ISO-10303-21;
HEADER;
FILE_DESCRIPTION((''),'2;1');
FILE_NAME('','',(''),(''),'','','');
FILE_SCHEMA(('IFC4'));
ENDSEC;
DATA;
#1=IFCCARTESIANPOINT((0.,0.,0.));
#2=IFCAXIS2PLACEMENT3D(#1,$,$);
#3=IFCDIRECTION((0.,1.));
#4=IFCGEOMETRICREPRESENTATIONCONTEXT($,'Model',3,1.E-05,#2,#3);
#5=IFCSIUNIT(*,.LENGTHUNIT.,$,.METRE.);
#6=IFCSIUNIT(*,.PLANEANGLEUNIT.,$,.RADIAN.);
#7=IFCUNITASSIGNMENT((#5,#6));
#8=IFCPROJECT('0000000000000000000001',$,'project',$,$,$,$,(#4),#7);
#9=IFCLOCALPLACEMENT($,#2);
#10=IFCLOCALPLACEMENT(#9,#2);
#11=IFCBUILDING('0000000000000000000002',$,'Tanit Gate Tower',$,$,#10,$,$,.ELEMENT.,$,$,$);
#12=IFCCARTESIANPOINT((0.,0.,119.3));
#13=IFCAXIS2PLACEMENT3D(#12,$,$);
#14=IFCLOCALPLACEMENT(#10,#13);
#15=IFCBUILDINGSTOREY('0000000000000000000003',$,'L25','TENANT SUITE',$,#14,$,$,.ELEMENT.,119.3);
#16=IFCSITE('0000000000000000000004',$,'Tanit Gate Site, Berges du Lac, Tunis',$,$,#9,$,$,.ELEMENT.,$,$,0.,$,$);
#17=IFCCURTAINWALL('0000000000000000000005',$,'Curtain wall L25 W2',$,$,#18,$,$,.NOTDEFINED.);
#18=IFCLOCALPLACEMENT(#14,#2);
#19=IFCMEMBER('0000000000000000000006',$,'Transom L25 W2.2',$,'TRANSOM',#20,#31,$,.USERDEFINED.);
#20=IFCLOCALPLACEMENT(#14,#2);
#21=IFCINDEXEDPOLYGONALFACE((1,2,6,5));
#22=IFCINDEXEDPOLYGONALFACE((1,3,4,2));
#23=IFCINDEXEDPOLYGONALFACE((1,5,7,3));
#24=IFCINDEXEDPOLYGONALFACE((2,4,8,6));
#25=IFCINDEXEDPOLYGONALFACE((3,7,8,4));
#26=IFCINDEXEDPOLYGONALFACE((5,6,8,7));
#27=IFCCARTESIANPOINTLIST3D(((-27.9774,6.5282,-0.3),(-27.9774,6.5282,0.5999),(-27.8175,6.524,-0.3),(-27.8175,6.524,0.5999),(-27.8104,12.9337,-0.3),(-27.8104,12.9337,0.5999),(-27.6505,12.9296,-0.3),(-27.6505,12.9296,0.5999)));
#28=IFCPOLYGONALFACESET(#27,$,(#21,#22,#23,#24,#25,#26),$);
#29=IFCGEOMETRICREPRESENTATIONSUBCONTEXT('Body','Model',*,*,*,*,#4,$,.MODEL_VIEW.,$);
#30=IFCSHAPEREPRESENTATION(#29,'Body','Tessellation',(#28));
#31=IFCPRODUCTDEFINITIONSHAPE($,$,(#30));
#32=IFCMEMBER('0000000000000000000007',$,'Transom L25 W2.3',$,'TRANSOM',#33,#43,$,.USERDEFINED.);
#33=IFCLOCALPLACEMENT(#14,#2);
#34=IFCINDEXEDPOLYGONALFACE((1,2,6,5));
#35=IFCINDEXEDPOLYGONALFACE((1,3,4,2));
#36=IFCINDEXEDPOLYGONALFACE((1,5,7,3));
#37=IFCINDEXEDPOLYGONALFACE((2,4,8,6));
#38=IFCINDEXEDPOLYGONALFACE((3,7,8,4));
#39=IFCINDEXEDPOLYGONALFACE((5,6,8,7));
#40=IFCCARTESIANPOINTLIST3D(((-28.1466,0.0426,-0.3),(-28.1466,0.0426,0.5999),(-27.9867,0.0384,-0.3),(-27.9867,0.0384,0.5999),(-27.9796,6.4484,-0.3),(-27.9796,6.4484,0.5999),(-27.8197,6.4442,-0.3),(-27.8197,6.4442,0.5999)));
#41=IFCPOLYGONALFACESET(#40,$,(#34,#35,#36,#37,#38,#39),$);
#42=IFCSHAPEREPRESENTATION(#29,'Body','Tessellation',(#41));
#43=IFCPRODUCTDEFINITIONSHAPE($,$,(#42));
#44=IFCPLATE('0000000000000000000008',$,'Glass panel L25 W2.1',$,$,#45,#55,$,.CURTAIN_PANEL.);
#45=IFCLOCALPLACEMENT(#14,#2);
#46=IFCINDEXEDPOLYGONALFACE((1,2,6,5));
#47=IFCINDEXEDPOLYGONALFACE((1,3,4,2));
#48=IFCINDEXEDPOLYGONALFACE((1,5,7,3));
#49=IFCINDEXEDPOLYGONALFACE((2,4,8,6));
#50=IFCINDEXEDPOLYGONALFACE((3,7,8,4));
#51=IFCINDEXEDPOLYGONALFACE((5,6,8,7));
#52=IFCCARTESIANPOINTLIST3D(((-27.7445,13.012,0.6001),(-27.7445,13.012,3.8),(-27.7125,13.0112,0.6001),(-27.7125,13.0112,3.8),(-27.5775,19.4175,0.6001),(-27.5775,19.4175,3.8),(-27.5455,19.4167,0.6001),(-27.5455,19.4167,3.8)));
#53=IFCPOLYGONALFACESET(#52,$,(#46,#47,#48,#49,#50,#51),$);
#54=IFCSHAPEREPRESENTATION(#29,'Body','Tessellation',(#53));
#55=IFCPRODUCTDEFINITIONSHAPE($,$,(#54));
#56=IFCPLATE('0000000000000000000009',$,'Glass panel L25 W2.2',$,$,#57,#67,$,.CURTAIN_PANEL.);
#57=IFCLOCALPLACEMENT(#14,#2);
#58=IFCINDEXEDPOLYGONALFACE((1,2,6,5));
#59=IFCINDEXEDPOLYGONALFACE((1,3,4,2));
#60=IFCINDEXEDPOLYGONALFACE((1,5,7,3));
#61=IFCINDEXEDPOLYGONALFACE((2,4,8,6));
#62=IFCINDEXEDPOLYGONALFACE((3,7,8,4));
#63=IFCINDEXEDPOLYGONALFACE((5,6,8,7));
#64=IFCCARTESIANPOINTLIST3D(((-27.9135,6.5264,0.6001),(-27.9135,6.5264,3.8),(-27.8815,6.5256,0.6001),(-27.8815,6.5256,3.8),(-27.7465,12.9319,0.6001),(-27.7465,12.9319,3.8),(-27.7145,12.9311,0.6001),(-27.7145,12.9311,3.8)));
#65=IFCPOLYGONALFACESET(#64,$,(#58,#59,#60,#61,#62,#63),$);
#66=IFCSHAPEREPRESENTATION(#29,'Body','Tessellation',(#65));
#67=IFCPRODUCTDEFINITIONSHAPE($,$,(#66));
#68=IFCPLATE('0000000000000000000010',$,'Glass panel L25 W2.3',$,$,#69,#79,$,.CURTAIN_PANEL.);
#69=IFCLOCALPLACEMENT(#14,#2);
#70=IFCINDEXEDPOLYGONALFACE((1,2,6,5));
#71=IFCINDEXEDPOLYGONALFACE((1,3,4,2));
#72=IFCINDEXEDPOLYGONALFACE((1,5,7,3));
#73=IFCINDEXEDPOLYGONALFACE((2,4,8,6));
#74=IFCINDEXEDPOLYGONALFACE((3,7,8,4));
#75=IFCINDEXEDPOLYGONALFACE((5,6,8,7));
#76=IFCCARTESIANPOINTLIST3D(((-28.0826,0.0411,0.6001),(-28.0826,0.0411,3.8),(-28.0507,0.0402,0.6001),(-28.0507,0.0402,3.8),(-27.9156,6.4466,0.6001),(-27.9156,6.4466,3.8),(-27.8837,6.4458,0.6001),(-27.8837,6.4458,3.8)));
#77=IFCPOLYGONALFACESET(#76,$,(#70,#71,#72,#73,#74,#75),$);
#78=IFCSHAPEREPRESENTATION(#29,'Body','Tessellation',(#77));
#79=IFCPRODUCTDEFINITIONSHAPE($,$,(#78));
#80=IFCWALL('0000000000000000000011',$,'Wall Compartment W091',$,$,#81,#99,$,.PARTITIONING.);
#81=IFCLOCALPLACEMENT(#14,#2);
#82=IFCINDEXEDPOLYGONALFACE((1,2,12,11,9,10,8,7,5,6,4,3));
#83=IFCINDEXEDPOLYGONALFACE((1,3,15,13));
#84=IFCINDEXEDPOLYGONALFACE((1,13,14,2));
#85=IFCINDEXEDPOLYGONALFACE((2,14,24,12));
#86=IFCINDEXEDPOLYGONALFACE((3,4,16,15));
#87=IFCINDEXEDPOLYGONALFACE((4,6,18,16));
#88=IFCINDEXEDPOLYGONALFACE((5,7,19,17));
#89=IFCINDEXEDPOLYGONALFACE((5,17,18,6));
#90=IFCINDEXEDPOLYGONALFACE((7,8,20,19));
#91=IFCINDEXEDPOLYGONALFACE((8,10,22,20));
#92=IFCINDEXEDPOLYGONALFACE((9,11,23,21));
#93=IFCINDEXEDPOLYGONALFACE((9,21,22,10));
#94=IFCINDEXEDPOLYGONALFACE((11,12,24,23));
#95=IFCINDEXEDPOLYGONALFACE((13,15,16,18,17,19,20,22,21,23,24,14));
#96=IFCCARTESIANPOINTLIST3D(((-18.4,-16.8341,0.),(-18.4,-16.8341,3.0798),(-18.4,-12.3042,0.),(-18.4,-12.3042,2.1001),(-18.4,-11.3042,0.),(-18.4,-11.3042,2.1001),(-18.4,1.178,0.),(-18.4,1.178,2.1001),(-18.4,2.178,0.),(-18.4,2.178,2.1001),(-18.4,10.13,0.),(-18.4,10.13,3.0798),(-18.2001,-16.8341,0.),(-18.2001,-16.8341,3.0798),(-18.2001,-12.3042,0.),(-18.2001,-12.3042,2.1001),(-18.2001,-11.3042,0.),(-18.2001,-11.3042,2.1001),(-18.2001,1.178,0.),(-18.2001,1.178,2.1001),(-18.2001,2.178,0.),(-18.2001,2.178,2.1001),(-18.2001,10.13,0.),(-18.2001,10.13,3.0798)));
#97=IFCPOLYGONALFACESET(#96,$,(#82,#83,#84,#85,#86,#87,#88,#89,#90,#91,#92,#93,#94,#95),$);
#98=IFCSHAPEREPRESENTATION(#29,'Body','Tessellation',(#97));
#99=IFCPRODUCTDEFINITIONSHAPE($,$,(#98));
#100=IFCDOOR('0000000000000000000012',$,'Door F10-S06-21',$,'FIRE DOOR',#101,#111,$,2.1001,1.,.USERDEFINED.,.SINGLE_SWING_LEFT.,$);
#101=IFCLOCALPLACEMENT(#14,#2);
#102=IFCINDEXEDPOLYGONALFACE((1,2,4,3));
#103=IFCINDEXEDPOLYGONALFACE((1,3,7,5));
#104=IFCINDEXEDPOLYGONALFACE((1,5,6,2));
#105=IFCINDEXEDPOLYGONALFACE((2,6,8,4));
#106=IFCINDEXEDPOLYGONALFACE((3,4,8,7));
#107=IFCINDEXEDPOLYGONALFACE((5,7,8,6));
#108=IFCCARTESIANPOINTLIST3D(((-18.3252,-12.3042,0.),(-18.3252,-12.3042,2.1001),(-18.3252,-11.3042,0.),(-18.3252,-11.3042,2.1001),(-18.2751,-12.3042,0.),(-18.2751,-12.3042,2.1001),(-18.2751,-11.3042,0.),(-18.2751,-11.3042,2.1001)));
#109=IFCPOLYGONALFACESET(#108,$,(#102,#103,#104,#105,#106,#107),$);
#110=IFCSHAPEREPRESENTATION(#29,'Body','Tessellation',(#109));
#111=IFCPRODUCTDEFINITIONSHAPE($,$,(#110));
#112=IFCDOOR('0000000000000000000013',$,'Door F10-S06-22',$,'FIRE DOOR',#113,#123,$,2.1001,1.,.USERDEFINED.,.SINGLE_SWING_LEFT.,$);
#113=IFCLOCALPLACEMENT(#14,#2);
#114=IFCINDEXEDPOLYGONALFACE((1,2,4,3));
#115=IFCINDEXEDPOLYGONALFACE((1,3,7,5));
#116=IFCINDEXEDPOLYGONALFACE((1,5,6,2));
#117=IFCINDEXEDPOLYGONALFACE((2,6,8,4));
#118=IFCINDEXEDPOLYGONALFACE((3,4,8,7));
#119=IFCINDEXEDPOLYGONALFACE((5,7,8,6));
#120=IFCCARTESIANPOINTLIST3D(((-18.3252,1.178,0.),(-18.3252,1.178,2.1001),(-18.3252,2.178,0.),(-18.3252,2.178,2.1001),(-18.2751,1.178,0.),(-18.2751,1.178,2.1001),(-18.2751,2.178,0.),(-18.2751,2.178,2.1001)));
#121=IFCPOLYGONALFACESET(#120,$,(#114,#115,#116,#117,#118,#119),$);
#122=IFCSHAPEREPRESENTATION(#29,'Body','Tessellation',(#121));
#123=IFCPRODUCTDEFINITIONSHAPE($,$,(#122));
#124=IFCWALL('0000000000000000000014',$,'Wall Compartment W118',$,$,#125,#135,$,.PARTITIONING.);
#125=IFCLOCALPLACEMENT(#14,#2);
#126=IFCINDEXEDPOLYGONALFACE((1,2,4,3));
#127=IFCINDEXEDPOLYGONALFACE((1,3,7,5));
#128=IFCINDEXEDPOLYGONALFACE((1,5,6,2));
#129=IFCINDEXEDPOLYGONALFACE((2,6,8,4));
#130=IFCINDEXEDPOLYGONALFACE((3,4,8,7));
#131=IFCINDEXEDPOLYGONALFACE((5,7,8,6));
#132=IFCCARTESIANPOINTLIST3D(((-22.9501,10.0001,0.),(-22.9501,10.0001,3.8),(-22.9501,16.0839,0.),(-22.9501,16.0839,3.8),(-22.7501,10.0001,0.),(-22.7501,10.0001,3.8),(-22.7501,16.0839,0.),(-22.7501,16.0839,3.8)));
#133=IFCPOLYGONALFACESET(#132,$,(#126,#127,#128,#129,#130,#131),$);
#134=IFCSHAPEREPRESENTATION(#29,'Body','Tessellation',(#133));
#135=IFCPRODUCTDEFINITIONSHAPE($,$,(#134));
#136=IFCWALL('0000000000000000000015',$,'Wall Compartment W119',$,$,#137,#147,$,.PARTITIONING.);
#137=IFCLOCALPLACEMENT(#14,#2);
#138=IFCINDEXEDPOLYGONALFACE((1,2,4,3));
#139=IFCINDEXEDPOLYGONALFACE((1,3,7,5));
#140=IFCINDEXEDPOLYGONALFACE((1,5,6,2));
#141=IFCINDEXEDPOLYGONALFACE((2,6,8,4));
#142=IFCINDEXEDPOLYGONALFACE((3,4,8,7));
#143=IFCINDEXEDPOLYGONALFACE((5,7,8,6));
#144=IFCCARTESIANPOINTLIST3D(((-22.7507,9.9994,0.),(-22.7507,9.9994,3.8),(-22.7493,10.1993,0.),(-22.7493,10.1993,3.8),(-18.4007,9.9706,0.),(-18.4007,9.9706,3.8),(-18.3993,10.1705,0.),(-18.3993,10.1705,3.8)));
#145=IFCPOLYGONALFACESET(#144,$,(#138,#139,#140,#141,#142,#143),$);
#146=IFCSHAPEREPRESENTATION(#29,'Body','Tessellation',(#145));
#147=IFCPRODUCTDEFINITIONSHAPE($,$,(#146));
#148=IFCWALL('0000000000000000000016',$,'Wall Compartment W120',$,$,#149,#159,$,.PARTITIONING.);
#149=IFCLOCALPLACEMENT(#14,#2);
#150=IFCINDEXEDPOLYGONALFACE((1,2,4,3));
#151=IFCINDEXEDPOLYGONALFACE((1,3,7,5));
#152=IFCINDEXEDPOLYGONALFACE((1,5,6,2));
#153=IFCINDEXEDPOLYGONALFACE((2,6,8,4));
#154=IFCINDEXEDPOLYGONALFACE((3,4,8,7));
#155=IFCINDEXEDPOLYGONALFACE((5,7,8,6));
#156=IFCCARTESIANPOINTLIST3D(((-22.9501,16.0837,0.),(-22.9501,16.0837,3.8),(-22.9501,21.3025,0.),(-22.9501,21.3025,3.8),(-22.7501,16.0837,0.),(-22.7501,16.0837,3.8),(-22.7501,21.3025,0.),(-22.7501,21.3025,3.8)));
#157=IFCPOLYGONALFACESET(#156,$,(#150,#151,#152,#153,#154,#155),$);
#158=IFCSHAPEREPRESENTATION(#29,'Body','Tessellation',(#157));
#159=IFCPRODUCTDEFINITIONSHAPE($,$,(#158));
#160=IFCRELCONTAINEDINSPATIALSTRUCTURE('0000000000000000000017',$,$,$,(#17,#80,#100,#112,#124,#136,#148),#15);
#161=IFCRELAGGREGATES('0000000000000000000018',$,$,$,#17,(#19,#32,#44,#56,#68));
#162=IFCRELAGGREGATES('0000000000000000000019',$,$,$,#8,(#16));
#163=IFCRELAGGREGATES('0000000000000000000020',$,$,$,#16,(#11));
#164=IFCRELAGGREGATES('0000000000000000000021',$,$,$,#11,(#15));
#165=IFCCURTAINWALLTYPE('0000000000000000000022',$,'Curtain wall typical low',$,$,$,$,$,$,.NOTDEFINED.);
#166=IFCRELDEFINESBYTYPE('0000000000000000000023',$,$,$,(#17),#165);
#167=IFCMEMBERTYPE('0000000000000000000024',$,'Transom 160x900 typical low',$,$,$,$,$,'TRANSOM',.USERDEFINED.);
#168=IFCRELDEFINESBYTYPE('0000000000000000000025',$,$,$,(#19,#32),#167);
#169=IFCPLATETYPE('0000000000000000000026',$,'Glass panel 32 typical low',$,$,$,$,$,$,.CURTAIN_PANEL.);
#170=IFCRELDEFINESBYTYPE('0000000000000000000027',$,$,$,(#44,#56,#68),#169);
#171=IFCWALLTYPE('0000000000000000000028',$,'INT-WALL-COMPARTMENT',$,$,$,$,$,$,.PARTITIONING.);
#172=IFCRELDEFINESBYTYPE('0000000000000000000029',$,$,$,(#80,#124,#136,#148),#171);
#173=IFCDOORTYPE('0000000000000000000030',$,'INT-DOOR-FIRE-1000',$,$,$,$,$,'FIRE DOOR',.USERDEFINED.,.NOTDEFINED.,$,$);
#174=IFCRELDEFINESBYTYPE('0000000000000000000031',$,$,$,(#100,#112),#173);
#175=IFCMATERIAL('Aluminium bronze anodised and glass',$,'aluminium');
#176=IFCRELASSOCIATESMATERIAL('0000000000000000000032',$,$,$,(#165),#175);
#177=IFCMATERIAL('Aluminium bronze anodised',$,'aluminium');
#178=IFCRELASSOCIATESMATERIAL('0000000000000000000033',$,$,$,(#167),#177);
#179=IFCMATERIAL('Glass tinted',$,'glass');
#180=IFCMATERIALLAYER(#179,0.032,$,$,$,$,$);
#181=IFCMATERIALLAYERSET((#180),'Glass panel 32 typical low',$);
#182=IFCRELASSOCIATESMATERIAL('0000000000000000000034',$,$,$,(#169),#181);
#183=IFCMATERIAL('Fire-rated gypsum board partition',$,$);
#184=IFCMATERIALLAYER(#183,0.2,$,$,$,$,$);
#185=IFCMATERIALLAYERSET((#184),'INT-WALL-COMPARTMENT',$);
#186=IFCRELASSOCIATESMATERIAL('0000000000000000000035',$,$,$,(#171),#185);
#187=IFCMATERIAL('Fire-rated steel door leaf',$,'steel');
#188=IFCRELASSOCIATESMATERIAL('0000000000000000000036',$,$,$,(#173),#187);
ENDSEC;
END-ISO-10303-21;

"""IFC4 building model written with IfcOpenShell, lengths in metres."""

from ifc_helpers import new_model, si_unit, direction, frame, frame_2d, origin, origin_2d, place, context, subcontext, project, spatial, rectangle, extrude, material, layer, layer_set, material_profile, profile_set, type_object, element, fill, aggregate, save


model = new_model("IFC4")

# Units and contexts
model_context = context("Model", 3, precision=1e-05, world=origin(), true_north=direction((0.0, 1.0)))
body_context = subcontext(model_context, "Body", "Model", "MODEL_VIEW")
ifc_project = project(units=[si_unit("LENGTHUNIT", "METRE"), si_unit("PLANEANGLEUNIT", "RADIAN")], contexts=[model_context])

# Site, building, storey
site_placement = place(None, origin())
site = spatial("IfcSite", under=ifc_project, at=site_placement, Name="Tanit Gate Site, Berges du Lac, Tunis", CompositionType="ELEMENT", RefElevation=0.0)
building_placement = place(site_placement, origin())
building = spatial("IfcBuilding", under=site, at=building_placement, Name="Tanit Gate Tower", CompositionType="ELEMENT")
storey_placement = place(building_placement, frame((0.0, 0.0, 119.3)))
storey = spatial("IfcBuildingStorey", under=building, at=storey_placement, Name="L25", Description="TENANT SUITE", CompositionType="ELEMENT", Elevation=119.3)

# Curtain wall
ifc_material_1 = material(Name="Aluminium bronze anodised and glass", Category="aluminium")
curtain_wall_type = type_object("IfcCurtainWallType", Name="Curtain wall typical low", PredefinedType="NOTDEFINED", material=ifc_material_1)
curtain_wall_1_placement = place(storey_placement, origin())
curtain_wall_1 = element("IfcCurtainWall", 1, at=curtain_wall_1_placement, inside=storey, type_object=curtain_wall_type, Name="Curtain wall L25 W2", PredefinedType="NOTDEFINED")

# Members
ifc_material_2 = material(Name="Aluminium bronze anodised", Category="aluminium")
ifc_material_profile_1 = material_profile(ifc_material_2, rectangle(XDim=0.1599, YDim=0.8999, at=origin_2d()), Name="160x900 bronze transom")
ifc_profile_set_1 = profile_set([ifc_material_profile_1], Name="Aluminium bronze anodised")
member_type_1 = type_object("IfcMemberType", Name="Transom 160x900 typical low", ElementType="TRANSOM", PredefinedType="USERDEFINED", material=ifc_profile_set_1)
member_1_placement = place(storey_placement, frame((-27.7305, 12.9316, 0.1499), z_axis=(-0.026061, -0.99966, 0.0), x_axis=(0.99966, -0.026061, 0.0)))
member_1 = element("IfcMember", 2, at=member_1_placement, type_object=member_type_1, Name="Transom L25 W2.2", ObjectType="TRANSOM", PredefinedType="USERDEFINED", context=body_context, shape_type="SweptSolid", body=[
    extrude(rectangle(XDim=0.1599, YDim=0.8999, at=origin_2d()), origin(), (0.0, 0.0, 1.0), 6.4077),
])
member_2_placement = place(storey_placement, frame((-27.8997, 6.4463, 0.1499), z_axis=(-0.02606, -0.99966, 0.0), x_axis=(0.99966, -0.02606, 0.0)))
member_2 = element("IfcMember", 3, at=member_2_placement, type_object=member_type_1, Name="Transom L25 W2.3", ObjectType="TRANSOM", PredefinedType="USERDEFINED", context=body_context, shape_type="SweptSolid", body=[
    extrude(rectangle(XDim=0.1599, YDim=0.8999, at=origin_2d()), origin(), (0.0, 0.0, 1.0), 6.408),
])

# Plates
ifc_material_3 = material(Name="Glass tinted", Category="glass")
ifc_layer_1 = layer(ifc_material_3, 0.032)
ifc_layer_set_1 = layer_set([ifc_layer_1], Name="Glass panel 32 typical low")
plate_type = type_object("IfcPlateType", Name="Glass panel 32 typical low", PredefinedType="CURTAIN_PANEL", material=ifc_layer_set_1)
plate_1_placement = place(storey_placement, frame((-27.645, 16.2144, 0.6001), z_axis=(0.0, 0.0, 1.0), x_axis=(-0.026063, -0.99966, 0.0)))
plate_1 = element("IfcPlate", 4, at=plate_1_placement, type_object=plate_type, Name="Glass panel L25 W2.1", PredefinedType="CURTAIN_PANEL", context=body_context, shape_type="SweptSolid", body=[
    extrude(rectangle(XDim=6.4077, YDim=0.032, at=origin_2d()), origin(), (0.0, 0.0, 1.0), 3.2),
])
plate_2_placement = place(storey_placement, frame((-27.814, 9.7288, 0.6001), z_axis=(0.0, 0.0, 1.0), x_axis=(-0.026063, -0.99966, 0.0)))
plate_2 = element("IfcPlate", 5, at=plate_2_placement, type_object=plate_type, Name="Glass panel L25 W2.2", PredefinedType="CURTAIN_PANEL", context=body_context, shape_type="SweptSolid", body=[
    extrude(rectangle(XDim=6.4077, YDim=0.032, at=origin_2d()), origin(), (0.0, 0.0, 1.0), 3.2),
])
plate_3_placement = place(storey_placement, frame((-27.9832, 3.2434, 0.6001), z_axis=(0.0, 0.0, 1.0), x_axis=(-0.026063, -0.99966, 0.0)))
plate_3 = element("IfcPlate", 6, at=plate_3_placement, type_object=plate_type, Name="Glass panel L25 W2.3", PredefinedType="CURTAIN_PANEL", context=body_context, shape_type="SweptSolid", body=[
    extrude(rectangle(XDim=6.4077, YDim=0.032, at=origin_2d()), origin(), (0.0, 0.0, 1.0), 3.2),
])
aggregate(curtain_wall_1, [member_1, member_2, plate_1, plate_2, plate_3])

# Wall, openings, doors
ifc_material_4 = material(Name="Fire-rated gypsum board partition")
ifc_layer_2 = layer(ifc_material_4, 0.2)
ifc_layer_set_2 = layer_set([ifc_layer_2], Name="INT-WALL-COMPARTMENT")
wall_type_1 = type_object("IfcWallType", Name="INT-WALL-COMPARTMENT", PredefinedType="PARTITIONING", material=ifc_layer_set_2)
wall_1_placement = place(storey_placement, frame((-18.3, 10.1299, 0.0), z_axis=(0.0, 0.0, 1.0), x_axis=(0.0, -1.0, 0.0)))
wall_1 = element("IfcWall", 7, at=wall_1_placement, inside=storey, type_object=wall_type_1, Name="Wall Compartment W091", PredefinedType="PARTITIONING", context=body_context, shape_type="SweptSolid", body=[
    extrude(rectangle(XDim=26.9641, YDim=0.2, at=frame_2d((13.4819, 0.0))), origin(), (0.0, 0.0, 1.0), 3.0798),
])
opening_1_placement = place(wall_1_placement, frame((21.4341, 0.0, 0.0)))
opening_1 = element("IfcOpeningElement", 8, at=opening_1_placement, cuts=wall_1, PredefinedType="OPENING", context=body_context, shape_type="SweptSolid", body=[
    extrude(rectangle(XDim=1.0, YDim=2.1001, at=frame_2d((0.5, 1.05))), frame((0.0, 0.1099, 0.0), z_axis=(0.0, -1.0, 0.0), x_axis=(1.0, 0.0, 0.0)), (0.0, 0.0, 1.0), 0.22),
])
opening_2_placement = place(wall_1_placement, frame((7.9519, 0.0, 0.0)))
opening_2 = element("IfcOpeningElement", 9, at=opening_2_placement, cuts=wall_1, PredefinedType="OPENING", context=body_context, shape_type="SweptSolid", body=[
    extrude(rectangle(XDim=1.0, YDim=2.1001, at=frame_2d((0.5, 1.05))), frame((0.0, 0.1099, 0.0), z_axis=(0.0, -1.0, 0.0), x_axis=(1.0, 0.0, 0.0)), (0.0, 0.0, 1.0), 0.22),
])
ifc_material_5 = material(Name="Fire-rated steel door leaf", Category="steel")
door_type_1 = type_object("IfcDoorType", Name="INT-DOOR-FIRE-1000", ElementType="FIRE DOOR", OperationType="NOTDEFINED", PredefinedType="USERDEFINED", material=ifc_material_5)
door_1_placement = place(opening_1_placement, origin())
door_1 = element("IfcDoor", 10, at=door_1_placement, inside=storey, type_object=door_type_1, Name="Door F10-S06-21", ObjectType="FIRE DOOR", OperationType="SINGLE_SWING_LEFT", OverallHeight=2.1001, OverallWidth=1.0, PredefinedType="USERDEFINED", context=body_context, shape_type="SweptSolid", body=[
    extrude(rectangle(XDim=1.0, YDim=2.1001, at=frame_2d((0.5, 1.05))), frame((0.0, 0.0249, 0.0), z_axis=(0.0, -1.0, 0.0), x_axis=(1.0, 0.0, 0.0)), (0.0, 0.0, 1.0), 0.05),
])
fill(opening_1, door_1)
door_2_placement = place(opening_2_placement, origin())
door_2 = element("IfcDoor", 11, at=door_2_placement, inside=storey, type_object=door_type_1, Name="Door F10-S06-22", ObjectType="FIRE DOOR", OperationType="SINGLE_SWING_LEFT", OverallHeight=2.1001, OverallWidth=1.0, PredefinedType="USERDEFINED", context=body_context, shape_type="SweptSolid", body=[
    extrude(rectangle(XDim=1.0, YDim=2.1001, at=frame_2d((0.5, 1.05))), frame((0.0, 0.0249, 0.0), z_axis=(0.0, -1.0, 0.0), x_axis=(1.0, 0.0, 0.0)), (0.0, 0.0, 1.0), 0.05),
])
fill(opening_2, door_2)

# Walls
wall_2_placement = place(storey_placement, frame((-22.8501, 10.0, 0.0), z_axis=(0.0, 0.0, 1.0), x_axis=(0.0, 1.0, 0.0)))
element("IfcWall", 12, at=wall_2_placement, inside=storey, type_object=wall_type_1, Name="Wall Compartment W118", PredefinedType="PARTITIONING", context=body_context, shape_type="SweptSolid", body=[
    extrude(rectangle(XDim=6.0837, YDim=0.2, at=frame_2d((3.042, 0.0))), origin(), (0.0, 0.0, 1.0), 3.8),
])
wall_3_placement = place(storey_placement, frame((-22.75, 10.0994, 0.0), z_axis=(0.0, 0.0, 1.0), x_axis=(0.999978, -0.006622, 0.0)))
element("IfcWall", 13, at=wall_3_placement, inside=storey, type_object=wall_type_1, Name="Wall Compartment W119", PredefinedType="PARTITIONING", context=body_context, shape_type="SweptSolid", body=[
    extrude(rectangle(XDim=4.3501, YDim=0.2, at=frame_2d((2.175, 0.0))), origin(), (0.0, 0.0, 1.0), 3.8),
])
wall_4_placement = place(storey_placement, frame((-22.8501, 16.0837, 0.0), z_axis=(0.0, 0.0, 1.0), x_axis=(0.0, 1.0, 0.0)))
element("IfcWall", 14, at=wall_4_placement, inside=storey, type_object=wall_type_1, Name="Wall Compartment W120", PredefinedType="PARTITIONING", context=body_context, shape_type="SweptSolid", body=[
    extrude(rectangle(XDim=5.2188, YDim=0.2, at=frame_2d((2.6094, 0.0))), origin(), (0.0, 0.0, 1.0), 3.8),
])

save(model, "model.ifc")
